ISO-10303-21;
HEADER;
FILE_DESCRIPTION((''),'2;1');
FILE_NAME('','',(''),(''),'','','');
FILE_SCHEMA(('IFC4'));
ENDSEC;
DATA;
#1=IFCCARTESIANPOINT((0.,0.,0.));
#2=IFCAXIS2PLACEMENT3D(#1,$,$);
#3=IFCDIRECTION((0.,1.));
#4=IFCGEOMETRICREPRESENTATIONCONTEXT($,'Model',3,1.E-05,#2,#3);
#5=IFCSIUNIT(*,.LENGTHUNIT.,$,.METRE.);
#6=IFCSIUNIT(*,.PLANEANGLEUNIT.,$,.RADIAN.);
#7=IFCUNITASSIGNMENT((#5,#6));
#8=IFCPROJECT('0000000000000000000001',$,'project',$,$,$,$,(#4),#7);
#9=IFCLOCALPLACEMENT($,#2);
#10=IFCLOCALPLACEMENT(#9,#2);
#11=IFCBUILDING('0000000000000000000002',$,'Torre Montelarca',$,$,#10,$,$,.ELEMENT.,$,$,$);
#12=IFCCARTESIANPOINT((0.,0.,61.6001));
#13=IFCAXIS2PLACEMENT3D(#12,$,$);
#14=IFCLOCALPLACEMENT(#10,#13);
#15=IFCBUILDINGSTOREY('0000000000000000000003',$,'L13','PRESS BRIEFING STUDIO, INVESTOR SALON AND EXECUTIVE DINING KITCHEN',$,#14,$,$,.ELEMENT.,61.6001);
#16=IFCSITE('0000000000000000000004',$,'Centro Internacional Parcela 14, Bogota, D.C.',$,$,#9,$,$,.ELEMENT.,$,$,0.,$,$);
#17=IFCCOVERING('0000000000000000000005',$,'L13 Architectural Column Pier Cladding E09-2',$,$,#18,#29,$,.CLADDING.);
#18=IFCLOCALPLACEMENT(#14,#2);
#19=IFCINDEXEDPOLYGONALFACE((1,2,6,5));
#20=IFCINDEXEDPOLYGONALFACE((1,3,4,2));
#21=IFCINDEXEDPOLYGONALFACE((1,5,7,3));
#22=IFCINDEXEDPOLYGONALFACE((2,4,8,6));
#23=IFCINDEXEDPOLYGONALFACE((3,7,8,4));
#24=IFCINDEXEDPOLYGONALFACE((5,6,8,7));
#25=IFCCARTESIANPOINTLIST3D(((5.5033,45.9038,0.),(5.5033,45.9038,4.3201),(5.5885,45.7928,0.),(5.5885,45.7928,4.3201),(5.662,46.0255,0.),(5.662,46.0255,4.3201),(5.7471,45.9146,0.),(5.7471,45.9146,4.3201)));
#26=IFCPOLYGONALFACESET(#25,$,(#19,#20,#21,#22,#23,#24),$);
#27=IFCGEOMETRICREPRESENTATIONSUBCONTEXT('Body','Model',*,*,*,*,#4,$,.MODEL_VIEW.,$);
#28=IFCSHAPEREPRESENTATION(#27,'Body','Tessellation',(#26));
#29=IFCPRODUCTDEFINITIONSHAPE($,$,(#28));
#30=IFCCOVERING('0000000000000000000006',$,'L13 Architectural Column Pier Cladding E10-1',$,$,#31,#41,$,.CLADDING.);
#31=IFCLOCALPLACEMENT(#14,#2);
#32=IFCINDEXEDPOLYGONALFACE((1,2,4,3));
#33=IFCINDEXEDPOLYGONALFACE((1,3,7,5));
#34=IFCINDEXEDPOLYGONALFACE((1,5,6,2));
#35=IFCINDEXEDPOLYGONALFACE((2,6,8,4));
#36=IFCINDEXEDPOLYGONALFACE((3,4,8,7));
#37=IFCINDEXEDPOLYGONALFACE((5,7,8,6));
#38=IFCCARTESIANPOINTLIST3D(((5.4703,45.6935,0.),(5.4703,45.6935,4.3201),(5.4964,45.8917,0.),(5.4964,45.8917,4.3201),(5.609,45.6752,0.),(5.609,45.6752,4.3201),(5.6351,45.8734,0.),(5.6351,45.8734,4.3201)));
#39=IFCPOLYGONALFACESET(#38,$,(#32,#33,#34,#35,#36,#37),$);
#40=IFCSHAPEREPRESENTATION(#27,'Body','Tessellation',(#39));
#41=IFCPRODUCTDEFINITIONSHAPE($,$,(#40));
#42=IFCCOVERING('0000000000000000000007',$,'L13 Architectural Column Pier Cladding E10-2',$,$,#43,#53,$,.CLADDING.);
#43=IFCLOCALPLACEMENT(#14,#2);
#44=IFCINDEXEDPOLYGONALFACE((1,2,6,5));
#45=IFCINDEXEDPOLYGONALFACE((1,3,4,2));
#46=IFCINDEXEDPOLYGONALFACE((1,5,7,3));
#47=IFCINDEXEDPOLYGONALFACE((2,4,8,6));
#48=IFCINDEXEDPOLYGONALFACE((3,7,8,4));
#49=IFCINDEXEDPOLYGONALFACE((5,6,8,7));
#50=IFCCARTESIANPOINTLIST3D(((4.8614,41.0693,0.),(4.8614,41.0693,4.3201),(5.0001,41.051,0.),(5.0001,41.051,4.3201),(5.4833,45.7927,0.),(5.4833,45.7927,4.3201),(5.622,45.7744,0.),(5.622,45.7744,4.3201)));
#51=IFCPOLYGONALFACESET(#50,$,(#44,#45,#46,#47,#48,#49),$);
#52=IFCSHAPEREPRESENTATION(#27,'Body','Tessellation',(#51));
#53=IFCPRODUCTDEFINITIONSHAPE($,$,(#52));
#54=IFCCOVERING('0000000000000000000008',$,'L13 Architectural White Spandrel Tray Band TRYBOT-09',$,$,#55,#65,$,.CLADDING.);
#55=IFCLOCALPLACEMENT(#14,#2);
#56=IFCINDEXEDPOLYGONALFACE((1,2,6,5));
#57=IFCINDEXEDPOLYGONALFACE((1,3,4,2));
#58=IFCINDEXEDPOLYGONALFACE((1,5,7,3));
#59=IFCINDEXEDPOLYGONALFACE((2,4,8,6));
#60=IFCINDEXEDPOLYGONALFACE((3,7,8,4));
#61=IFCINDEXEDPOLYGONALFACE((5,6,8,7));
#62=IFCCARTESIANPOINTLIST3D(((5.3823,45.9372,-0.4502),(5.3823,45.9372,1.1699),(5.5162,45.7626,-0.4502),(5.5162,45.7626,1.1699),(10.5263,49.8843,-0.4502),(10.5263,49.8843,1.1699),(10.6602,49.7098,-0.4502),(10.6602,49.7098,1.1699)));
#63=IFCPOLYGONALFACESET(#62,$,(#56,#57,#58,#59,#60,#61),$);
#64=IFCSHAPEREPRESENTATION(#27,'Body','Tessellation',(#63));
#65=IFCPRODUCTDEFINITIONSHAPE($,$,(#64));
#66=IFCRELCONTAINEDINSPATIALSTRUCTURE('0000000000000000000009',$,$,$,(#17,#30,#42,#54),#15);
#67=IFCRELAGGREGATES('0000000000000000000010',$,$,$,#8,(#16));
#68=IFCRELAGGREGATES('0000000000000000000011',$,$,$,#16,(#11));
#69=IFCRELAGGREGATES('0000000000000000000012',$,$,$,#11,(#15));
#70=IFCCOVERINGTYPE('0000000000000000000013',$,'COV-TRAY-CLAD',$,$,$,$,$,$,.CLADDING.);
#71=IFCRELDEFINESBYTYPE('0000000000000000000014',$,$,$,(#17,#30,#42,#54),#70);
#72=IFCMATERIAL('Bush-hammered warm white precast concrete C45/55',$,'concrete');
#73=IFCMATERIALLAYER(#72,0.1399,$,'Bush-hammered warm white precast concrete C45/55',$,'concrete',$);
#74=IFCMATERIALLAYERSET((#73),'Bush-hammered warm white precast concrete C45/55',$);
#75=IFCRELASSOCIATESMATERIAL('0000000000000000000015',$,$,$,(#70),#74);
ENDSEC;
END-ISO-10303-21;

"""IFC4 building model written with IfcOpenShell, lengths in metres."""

from ifc_helpers import new_model, si_unit, direction, frame, origin, origin_2d, place, context, subcontext, project, spatial, rectangle, extrude, source, transform, mapped, material, layer, layer_set, type_object, element, save


model = new_model("IFC4")

# Units and contexts
model_context = context("Model", 3, precision=1e-05, world=origin(), true_north=direction((0.0, 1.0)))
body_context = subcontext(model_context, "Body", "Model", "MODEL_VIEW")
ifc_project = project(units=[si_unit("LENGTHUNIT", "METRE"), si_unit("PLANEANGLEUNIT", "RADIAN")], contexts=[model_context])

# Site, building, storey
site_placement = place(None, origin())
site = spatial("IfcSite", under=ifc_project, at=site_placement, Name="Centro Internacional Parcela 14, Bogota, D.C.", CompositionType="ELEMENT", RefElevation=0.0)
building_placement = place(site_placement, origin())
building = spatial("IfcBuilding", under=site, at=building_placement, Name="Torre Montelarca", CompositionType="ELEMENT")
storey_placement = place(building_placement, frame((0.0, 0.0, 61.6001)))
storey = spatial("IfcBuildingStorey", under=building, at=storey_placement, Name="L13", Description="PRESS BRIEFING STUDIO, INVESTOR SALON AND EXECUTIVE DINING KITCHEN", CompositionType="ELEMENT", Elevation=61.6001)

# Coverings
ifc_material_1 = material(Name="Bush-hammered warm white precast concrete C45/55", Category="concrete")
ifc_layer_1 = layer(ifc_material_1, 0.1399, Name="Bush-hammered warm white precast concrete C45/55", Category="concrete")
ifc_layer_set_1 = layer_set([ifc_layer_1], Name="Bush-hammered warm white precast concrete C45/55")
covering_type = type_object("IfcCoveringType", Name="COV-TRAY-CLAD", PredefinedType="CLADDING", material=ifc_layer_set_1)
shared_shape_1 = source(origin(), body_context, "Body", "SweptSolid", [
    extrude(rectangle(XDim=0.2, YDim=0.1399, at=origin_2d()), origin(), (0.0, 0.0, 1.0), 4.3201),
])
for number, where, z_axis, x_axis, name in (
    (1, (5.6252, 45.9092, 0.0), (0.0, 0.0, 1.0), (-0.793344, -0.608774, 0.0), "L13 Architectural Column Pier Cladding E09-2"),
    (2, (5.5527, 45.7834, 0.0), (0.0, 0.0, 1.0), (-0.130528, -0.991445, 0.0), "L13 Architectural Column Pier Cladding E10-1"),
):
    element("IfcCovering", number, at=place(storey_placement, frame(where, z_axis=z_axis, x_axis=x_axis)), inside=storey, type_object=covering_type, Name=name, PredefinedType="CLADDING", context=body_context, shape_type="MappedRepresentation", body=[
        mapped(shared_shape_1, transform((0.0, 0.0, 0.0), scale=1.0)),
    ])
shared_shape_2 = source(origin(), body_context, "Body", "SweptSolid", [
    extrude(rectangle(XDim=4.7642, YDim=0.1399, at=origin_2d()), origin(), (0.0, 0.0, 1.0), 4.3201),
])
covering_1_placement = place(storey_placement, frame((5.2417, 43.4219, 0.0), z_axis=(0.0, 0.0, 1.0), x_axis=(-0.130528, -0.991445, 0.0)))
element("IfcCovering", 3, at=covering_1_placement, inside=storey, type_object=covering_type, Name="L13 Architectural Column Pier Cladding E10-2", PredefinedType="CLADDING", context=body_context, shape_type="MappedRepresentation", body=[
    mapped(shared_shape_2, transform((0.0, 0.0, 0.0), scale=1.0)),
])
shared_shape_3 = source(origin(), body_context, "Body", "SweptSolid", [
    extrude(rectangle(XDim=6.4839, YDim=0.22, at=origin_2d()), origin(), (0.0, 0.0, 1.0), 1.6201),
])
covering_2_placement = place(storey_placement, frame((8.0212, 47.8235, -0.4502), z_axis=(0.0, 0.0, 1.0), x_axis=(-0.79335, -0.608766, 0.0)))
element("IfcCovering", 4, at=covering_2_placement, inside=storey, type_object=covering_type, Name="L13 Architectural White Spandrel Tray Band TRYBOT-09", PredefinedType="CLADDING", context=body_context, shape_type="MappedRepresentation", body=[
    mapped(shared_shape_3, transform((0.0, 0.0, 0.0), scale=1.0)),
])

save(model, "model.ifc")
